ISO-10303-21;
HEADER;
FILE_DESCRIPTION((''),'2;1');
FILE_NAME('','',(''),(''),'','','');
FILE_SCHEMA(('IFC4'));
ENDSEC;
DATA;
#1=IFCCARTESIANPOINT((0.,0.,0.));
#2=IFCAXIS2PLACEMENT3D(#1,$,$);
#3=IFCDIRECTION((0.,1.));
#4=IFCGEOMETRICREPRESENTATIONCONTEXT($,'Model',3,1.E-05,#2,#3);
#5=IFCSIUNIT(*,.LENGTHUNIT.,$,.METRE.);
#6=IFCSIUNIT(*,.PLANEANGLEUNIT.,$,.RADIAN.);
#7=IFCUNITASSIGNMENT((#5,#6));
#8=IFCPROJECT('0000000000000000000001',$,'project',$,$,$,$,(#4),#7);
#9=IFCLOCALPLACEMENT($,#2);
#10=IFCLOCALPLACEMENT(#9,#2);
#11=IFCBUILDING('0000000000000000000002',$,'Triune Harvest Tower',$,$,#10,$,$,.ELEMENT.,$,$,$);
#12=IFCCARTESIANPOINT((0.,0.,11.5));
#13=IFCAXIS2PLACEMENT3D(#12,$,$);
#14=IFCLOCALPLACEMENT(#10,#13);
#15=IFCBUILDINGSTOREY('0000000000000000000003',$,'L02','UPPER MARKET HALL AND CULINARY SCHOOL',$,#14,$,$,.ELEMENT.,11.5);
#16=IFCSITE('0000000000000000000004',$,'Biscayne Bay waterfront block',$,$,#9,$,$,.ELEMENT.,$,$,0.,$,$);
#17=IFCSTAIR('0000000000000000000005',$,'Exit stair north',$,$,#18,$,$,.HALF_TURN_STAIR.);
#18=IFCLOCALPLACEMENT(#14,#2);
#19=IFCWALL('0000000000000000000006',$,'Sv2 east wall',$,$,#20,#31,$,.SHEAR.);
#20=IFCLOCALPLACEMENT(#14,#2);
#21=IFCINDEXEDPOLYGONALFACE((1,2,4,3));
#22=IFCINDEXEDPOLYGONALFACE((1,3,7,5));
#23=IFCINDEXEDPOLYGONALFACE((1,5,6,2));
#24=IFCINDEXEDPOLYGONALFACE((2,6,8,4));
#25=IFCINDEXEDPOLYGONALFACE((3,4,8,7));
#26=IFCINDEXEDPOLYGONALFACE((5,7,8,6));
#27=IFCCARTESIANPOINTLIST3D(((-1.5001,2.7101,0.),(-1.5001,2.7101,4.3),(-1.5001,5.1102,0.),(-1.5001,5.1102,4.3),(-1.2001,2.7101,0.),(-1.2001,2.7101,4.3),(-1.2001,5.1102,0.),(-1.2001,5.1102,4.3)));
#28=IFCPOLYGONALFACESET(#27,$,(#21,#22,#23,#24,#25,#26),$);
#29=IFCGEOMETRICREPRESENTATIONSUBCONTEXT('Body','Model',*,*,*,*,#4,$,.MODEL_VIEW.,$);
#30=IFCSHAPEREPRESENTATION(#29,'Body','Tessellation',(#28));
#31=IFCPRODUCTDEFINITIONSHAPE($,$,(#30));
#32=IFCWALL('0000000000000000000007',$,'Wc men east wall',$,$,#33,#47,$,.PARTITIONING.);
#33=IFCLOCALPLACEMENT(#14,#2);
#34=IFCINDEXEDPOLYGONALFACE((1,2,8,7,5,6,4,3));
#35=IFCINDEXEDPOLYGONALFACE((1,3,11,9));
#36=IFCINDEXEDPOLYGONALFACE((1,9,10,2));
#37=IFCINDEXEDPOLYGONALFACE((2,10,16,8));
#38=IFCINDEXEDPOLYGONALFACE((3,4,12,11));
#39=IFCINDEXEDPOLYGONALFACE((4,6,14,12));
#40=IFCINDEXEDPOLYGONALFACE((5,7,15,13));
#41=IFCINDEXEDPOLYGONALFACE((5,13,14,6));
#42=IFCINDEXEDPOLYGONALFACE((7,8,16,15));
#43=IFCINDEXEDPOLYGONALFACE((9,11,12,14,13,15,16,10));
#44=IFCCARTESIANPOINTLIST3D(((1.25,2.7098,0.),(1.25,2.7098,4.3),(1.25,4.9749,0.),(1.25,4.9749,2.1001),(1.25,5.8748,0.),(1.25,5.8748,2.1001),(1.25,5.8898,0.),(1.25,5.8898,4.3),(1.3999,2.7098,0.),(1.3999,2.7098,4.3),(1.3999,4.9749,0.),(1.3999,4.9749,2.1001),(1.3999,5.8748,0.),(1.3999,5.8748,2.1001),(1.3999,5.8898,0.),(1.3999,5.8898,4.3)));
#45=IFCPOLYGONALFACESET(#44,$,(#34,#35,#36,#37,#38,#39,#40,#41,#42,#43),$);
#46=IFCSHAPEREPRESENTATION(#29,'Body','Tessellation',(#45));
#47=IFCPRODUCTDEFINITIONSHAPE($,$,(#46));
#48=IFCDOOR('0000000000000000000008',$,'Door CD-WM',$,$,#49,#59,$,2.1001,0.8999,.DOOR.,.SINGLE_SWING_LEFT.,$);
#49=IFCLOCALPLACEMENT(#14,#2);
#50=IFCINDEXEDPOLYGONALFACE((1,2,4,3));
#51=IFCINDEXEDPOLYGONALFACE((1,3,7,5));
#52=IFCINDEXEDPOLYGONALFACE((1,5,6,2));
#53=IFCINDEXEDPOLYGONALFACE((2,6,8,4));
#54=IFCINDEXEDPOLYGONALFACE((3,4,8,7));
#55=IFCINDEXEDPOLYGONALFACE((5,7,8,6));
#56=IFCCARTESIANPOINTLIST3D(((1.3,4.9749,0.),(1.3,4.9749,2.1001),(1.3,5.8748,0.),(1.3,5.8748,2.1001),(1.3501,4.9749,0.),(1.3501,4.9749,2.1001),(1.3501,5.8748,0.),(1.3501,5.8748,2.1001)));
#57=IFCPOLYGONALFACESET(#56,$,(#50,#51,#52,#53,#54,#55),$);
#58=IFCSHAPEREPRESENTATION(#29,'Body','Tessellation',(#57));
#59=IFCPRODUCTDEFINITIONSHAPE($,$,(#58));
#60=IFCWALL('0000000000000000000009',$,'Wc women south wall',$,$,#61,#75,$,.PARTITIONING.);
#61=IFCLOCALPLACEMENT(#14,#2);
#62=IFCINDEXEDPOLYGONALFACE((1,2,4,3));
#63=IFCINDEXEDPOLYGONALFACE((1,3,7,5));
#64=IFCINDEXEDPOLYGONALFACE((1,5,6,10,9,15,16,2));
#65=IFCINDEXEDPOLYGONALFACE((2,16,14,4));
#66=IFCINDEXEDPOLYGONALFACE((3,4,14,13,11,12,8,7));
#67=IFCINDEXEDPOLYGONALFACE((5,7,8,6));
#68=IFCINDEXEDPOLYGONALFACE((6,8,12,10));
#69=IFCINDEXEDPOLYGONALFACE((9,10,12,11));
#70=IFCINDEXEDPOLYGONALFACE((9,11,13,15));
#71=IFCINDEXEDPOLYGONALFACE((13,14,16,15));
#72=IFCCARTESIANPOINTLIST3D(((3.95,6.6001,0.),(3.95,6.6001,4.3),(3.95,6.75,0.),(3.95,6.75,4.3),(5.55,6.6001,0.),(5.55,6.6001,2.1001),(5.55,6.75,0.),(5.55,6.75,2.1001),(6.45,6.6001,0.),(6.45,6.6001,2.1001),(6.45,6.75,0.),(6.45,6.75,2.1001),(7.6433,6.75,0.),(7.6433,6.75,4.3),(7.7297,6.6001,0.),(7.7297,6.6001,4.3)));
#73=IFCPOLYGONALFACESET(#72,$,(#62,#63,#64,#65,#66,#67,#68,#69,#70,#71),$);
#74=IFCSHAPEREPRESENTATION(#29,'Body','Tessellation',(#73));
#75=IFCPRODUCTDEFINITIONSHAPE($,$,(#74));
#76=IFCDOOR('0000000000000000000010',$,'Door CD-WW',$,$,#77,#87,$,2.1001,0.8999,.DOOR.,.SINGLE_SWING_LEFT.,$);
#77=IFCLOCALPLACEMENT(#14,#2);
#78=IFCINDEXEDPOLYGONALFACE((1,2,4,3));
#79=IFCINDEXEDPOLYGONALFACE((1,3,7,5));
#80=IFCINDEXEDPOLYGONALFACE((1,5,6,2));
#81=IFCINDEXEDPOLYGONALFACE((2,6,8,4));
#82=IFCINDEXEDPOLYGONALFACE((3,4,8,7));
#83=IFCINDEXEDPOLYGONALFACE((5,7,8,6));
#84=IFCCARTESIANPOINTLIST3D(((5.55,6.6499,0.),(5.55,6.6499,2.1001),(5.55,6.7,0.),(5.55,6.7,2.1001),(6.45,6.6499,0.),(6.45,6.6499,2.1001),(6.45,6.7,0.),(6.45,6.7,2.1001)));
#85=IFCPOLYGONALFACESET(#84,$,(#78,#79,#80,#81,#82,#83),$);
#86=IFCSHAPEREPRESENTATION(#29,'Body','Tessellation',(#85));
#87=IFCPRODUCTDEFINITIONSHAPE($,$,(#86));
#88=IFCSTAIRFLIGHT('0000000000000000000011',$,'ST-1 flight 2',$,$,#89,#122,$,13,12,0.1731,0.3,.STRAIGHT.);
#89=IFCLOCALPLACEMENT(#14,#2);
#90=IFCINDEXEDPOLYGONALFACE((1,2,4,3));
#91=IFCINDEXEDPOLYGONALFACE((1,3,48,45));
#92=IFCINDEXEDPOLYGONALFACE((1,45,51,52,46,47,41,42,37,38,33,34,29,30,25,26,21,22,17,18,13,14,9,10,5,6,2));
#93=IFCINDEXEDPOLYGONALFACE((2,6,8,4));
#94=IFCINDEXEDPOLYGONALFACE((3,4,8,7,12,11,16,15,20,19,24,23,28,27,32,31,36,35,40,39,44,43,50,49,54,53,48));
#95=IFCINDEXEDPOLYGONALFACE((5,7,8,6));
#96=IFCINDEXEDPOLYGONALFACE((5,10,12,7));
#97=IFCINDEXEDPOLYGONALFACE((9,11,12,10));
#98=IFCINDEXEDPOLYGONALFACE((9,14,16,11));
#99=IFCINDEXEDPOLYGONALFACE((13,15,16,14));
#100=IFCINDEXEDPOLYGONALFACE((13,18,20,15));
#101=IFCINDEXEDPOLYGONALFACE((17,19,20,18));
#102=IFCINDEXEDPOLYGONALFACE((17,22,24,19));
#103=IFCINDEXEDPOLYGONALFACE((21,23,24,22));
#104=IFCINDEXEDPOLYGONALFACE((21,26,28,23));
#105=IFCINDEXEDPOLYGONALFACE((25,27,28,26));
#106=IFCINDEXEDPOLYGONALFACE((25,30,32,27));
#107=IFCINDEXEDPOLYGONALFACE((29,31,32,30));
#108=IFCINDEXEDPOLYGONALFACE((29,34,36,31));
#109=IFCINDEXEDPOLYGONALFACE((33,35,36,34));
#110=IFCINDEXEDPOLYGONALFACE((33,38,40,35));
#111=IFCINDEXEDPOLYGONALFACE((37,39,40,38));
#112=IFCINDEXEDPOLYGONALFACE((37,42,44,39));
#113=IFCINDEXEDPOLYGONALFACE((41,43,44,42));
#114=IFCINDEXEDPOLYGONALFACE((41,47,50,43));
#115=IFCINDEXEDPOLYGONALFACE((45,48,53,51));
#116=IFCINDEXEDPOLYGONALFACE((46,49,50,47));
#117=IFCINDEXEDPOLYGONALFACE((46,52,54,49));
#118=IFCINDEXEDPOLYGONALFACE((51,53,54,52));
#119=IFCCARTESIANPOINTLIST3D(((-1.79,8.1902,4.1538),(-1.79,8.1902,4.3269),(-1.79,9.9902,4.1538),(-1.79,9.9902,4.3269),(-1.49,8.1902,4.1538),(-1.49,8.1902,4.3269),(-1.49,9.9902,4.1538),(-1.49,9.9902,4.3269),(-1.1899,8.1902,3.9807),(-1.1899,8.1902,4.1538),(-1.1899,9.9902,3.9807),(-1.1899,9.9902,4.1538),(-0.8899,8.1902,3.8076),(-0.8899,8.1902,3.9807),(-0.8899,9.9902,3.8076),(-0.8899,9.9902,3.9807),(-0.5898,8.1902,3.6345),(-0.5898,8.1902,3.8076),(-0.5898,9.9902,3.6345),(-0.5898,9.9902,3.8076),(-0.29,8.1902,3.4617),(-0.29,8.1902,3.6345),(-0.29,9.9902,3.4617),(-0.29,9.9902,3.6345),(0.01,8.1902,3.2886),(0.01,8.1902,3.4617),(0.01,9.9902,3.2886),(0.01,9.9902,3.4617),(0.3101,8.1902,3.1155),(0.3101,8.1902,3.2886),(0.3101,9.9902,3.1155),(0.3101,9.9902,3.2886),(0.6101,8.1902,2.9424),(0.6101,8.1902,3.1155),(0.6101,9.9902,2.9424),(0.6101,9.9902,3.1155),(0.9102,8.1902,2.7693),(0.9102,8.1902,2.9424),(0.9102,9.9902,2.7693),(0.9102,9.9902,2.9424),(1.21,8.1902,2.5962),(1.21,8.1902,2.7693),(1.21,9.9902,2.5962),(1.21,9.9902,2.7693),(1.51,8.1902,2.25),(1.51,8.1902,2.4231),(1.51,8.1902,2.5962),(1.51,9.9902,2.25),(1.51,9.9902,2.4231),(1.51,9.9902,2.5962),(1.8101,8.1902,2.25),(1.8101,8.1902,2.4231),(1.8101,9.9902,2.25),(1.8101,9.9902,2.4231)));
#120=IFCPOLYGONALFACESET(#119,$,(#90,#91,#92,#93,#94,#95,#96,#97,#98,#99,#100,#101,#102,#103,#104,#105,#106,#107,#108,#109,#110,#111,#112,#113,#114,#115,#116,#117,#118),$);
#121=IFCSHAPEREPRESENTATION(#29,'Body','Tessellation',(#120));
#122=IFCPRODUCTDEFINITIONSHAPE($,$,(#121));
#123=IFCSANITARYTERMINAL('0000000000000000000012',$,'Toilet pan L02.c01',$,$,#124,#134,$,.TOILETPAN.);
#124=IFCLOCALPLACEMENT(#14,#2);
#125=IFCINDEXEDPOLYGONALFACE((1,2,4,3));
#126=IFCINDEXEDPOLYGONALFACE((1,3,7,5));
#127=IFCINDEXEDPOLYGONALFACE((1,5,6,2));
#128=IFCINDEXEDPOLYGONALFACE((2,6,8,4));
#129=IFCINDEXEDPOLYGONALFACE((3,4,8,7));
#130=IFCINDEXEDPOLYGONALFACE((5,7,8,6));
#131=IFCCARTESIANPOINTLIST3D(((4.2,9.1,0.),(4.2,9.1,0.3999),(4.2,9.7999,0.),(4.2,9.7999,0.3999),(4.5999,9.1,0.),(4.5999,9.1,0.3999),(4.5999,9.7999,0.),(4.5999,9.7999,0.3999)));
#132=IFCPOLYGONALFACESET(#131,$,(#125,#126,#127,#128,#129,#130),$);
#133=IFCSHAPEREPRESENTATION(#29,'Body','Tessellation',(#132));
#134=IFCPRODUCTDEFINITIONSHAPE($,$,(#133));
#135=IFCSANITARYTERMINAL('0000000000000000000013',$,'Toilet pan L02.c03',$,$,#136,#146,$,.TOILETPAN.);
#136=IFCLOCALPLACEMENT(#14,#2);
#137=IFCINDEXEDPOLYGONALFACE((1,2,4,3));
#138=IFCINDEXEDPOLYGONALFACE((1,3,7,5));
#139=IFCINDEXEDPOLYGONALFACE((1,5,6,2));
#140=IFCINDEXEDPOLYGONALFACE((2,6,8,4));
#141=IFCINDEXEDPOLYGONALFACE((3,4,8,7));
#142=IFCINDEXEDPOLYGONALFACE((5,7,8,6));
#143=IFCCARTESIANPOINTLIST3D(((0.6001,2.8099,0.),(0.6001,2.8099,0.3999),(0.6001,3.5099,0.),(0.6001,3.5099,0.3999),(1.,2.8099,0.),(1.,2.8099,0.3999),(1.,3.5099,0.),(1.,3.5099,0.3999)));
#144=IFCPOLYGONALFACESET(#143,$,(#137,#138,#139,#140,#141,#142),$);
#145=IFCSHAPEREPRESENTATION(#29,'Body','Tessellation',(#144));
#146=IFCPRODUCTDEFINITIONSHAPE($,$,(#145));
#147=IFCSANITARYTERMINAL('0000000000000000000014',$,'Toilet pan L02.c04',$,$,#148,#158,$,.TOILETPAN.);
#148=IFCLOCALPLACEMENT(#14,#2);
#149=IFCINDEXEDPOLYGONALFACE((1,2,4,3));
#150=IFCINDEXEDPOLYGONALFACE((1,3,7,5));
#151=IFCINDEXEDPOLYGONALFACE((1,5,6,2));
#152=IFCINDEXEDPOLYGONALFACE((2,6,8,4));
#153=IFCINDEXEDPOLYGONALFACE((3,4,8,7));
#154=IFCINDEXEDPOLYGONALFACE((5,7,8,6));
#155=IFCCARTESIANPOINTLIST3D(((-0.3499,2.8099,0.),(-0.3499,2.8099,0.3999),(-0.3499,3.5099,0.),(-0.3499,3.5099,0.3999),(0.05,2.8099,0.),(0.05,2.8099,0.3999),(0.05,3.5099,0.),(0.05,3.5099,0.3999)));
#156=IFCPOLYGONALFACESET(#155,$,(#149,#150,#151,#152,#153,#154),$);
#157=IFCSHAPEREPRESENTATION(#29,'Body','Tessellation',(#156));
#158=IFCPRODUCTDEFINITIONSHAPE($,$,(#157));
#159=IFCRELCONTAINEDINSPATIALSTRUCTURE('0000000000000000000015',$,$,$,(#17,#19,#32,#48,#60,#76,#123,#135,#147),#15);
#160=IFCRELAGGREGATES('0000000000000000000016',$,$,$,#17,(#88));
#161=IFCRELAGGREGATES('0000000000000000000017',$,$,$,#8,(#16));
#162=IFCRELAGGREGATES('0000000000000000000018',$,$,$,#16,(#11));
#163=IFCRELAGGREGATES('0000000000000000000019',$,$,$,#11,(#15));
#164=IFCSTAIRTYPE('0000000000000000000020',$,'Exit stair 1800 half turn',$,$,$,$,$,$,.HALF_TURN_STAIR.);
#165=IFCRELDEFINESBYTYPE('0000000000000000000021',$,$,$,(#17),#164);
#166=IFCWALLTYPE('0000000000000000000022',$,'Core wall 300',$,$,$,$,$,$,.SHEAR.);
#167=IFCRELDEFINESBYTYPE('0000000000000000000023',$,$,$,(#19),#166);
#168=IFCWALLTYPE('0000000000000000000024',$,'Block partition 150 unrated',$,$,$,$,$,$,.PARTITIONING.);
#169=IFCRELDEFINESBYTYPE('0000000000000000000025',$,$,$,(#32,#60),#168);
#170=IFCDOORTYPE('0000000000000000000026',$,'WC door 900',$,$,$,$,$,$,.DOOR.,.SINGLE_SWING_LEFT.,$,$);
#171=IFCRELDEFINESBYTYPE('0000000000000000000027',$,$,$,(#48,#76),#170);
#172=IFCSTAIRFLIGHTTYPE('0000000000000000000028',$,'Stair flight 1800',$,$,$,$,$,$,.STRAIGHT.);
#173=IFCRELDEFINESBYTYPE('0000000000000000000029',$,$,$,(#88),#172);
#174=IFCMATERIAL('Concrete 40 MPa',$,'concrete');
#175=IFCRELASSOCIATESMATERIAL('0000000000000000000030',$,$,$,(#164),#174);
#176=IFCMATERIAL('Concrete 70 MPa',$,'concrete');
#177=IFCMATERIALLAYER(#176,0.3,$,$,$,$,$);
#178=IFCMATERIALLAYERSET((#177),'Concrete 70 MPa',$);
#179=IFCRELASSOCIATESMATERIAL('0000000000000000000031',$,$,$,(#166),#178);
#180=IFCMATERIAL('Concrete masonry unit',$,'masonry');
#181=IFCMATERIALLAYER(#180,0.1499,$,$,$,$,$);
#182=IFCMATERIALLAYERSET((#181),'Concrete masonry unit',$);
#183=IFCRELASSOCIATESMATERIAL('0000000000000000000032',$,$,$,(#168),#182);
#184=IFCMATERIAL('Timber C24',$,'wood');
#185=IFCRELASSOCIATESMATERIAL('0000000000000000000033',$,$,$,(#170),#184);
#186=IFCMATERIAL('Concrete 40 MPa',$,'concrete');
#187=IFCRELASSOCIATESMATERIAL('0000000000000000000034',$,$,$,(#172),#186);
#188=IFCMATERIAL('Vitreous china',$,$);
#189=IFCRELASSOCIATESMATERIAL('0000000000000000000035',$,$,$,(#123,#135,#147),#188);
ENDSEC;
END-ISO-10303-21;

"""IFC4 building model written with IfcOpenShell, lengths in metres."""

from ifc_helpers import new_model, si_unit, direction, frame, frame_2d, origin, origin_2d, place, context, subcontext, project, spatial, polyline, rectangle, outline, extrude, source, transform, mapped, material, layer, layer_set, type_object, element, fill, aggregate, save


model = new_model("IFC4")

# Units and contexts
model_context = context("Model", 3, precision=1e-05, world=origin(), true_north=direction((0.0, 1.0)))
body_context = subcontext(model_context, "Body", "Model", "MODEL_VIEW")
ifc_project = project(units=[si_unit("LENGTHUNIT", "METRE"), si_unit("PLANEANGLEUNIT", "RADIAN")], contexts=[model_context])

# Site, building, storey
site_placement = place(None, origin())
site = spatial("IfcSite", under=ifc_project, at=site_placement, Name="Biscayne Bay waterfront block", CompositionType="ELEMENT", RefElevation=0.0)
building_placement = place(site_placement, origin())
building = spatial("IfcBuilding", under=site, at=building_placement, Name="Triune Harvest Tower", CompositionType="ELEMENT")
storey_placement = place(building_placement, frame((0.0, 0.0, 11.5)))
storey = spatial("IfcBuildingStorey", under=building, at=storey_placement, Name="L02", Description="UPPER MARKET HALL AND CULINARY SCHOOL", CompositionType="ELEMENT", Elevation=11.5)

# Stair
ifc_material_1 = material(Name="Concrete 40 MPa", Category="concrete")
stair_type = type_object("IfcStairType", Name="Exit stair 1800 half turn", PredefinedType="HALF_TURN_STAIR", material=ifc_material_1)
stair_1_placement = place(storey_placement, origin())
stair_1 = element("IfcStair", 1, at=stair_1_placement, inside=storey, type_object=stair_type, Name="Exit stair north", PredefinedType="HALF_TURN_STAIR")

# Shared definitions
ifc_material_2 = material(Name="Concrete 70 MPa", Category="concrete")
ifc_layer_1 = layer(ifc_material_2, 0.3)
ifc_layer_set_1 = layer_set([ifc_layer_1], Name="Concrete 70 MPa")
wall_type_1 = type_object("IfcWallType", Name="Core wall 300", PredefinedType="SHEAR", material=ifc_layer_set_1)

# Wall
shared_shape_1 = source(origin(), body_context, "Body", "SweptSolid", [
    extrude(rectangle(XDim=2.4001, YDim=0.3, at=frame_2d((1.2002, 0.0))), origin(), (0.0, 0.0, 1.0), 4.3),
])
wall_1_placement = place(storey_placement, frame((-1.3501, 2.71, 0.0), z_axis=(0.0, 0.0, 1.0), x_axis=(0.0, 1.0, 0.0)))
element("IfcWall", 2, at=wall_1_placement, inside=storey, type_object=wall_type_1, Name="Sv2 east wall", PredefinedType="SHEAR", context=body_context, shape_type="MappedRepresentation", body=[
    mapped(shared_shape_1, transform((0.0, 0.0, 0.0), scale=1.0)),
])

# Walls, openings, doors
ifc_material_3 = material(Name="Concrete masonry unit", Category="masonry")
ifc_layer_2 = layer(ifc_material_3, 0.1499)
ifc_layer_set_2 = layer_set([ifc_layer_2], Name="Concrete masonry unit")
wall_type_2 = type_object("IfcWallType", Name="Block partition 150 unrated", PredefinedType="PARTITIONING", material=ifc_layer_set_2)
shared_shape_2 = source(origin(), body_context, "Body", "SweptSolid", [
    extrude(rectangle(XDim=3.1799, YDim=0.1499, at=frame_2d((1.5898, 0.0))), origin(), (0.0, 0.0, 1.0), 4.3),
])
wall_2_placement = place(storey_placement, frame((1.325, 2.71, 0.0), z_axis=(0.0, 0.0, 1.0), x_axis=(0.0, 1.0, 0.0)))
wall_2 = element("IfcWall", 3, at=wall_2_placement, inside=storey, type_object=wall_type_2, Name="Wc men east wall", PredefinedType="PARTITIONING", context=body_context, shape_type="MappedRepresentation", body=[
    mapped(shared_shape_2, transform((0.0, 0.0, 0.0), scale=1.0)),
])
opening_1_placement = place(wall_2_placement, frame((2.2649, 0.0, 0.0)))
opening_1 = element("IfcOpeningElement", 4, at=opening_1_placement, cuts=wall_2, PredefinedType="OPENING", context=body_context, shape_type="SweptSolid", body=[
    extrude(rectangle(XDim=0.8999, YDim=2.1001, at=frame_2d((0.45, 1.05))), frame((0.0, 0.085, 0.0), z_axis=(0.0, -1.0, 0.0), x_axis=(1.0, 0.0, 0.0)), (0.0, 0.0, 1.0), 0.1699),
])
ifc_material_4 = material(Name="Timber C24", Category="wood")
door_type_1 = type_object("IfcDoorType", Name="WC door 900", OperationType="SINGLE_SWING_LEFT", PredefinedType="DOOR", material=ifc_material_4)
door_1_placement = place(opening_1_placement, origin())
door_1 = element("IfcDoor", 5, at=door_1_placement, inside=storey, type_object=door_type_1, Name="Door CD-WM", OperationType="SINGLE_SWING_LEFT", OverallHeight=2.1001, OverallWidth=0.8999, PredefinedType="DOOR", context=body_context, shape_type="SweptSolid", body=[
    extrude(rectangle(XDim=0.8999, YDim=2.1001, at=frame_2d((0.45, 1.05))), frame((0.0, 0.0249, 0.0), z_axis=(0.0, -1.0, 0.0), x_axis=(1.0, 0.0, 0.0)), (0.0, 0.0, 1.0), 0.05),
])
fill(opening_1, door_1)
shared_shape_3 = source(origin(), body_context, "Body", "SweptSolid", [
    extrude(outline(polyline([(0.0, -0.075), (0.0, 0.075), (3.6934, 0.075), (3.7798, -0.075), (0.0, -0.075)])), origin(), (0.0, 0.0, 1.0), 4.3),
])
wall_3_placement = place(storey_placement, frame((3.95, 6.675, 0.0), z_axis=(0.0, 0.0, 1.0), x_axis=(1.0, 0.0, 0.0)))
wall_3 = element("IfcWall", 6, at=wall_3_placement, inside=storey, type_object=wall_type_2, Name="Wc women south wall", PredefinedType="PARTITIONING", context=body_context, shape_type="MappedRepresentation", body=[
    mapped(shared_shape_3, transform((0.0, 0.0, 0.0), scale=1.0)),
])
opening_2_placement = place(wall_3_placement, frame((1.6001, 0.0, 0.0)))
opening_2 = element("IfcOpeningElement", 7, at=opening_2_placement, cuts=wall_3, PredefinedType="OPENING", context=body_context, shape_type="SweptSolid", body=[
    extrude(rectangle(XDim=0.8999, YDim=2.1001, at=frame_2d((0.45, 1.05))), frame((0.0, 0.085, 0.0), z_axis=(0.0, -1.0, 0.0), x_axis=(1.0, 0.0, 0.0)), (0.0, 0.0, 1.0), 0.1699),
])
door_2_placement = place(opening_2_placement, origin())
door_2 = element("IfcDoor", 8, at=door_2_placement, inside=storey, type_object=door_type_1, Name="Door CD-WW", OperationType="SINGLE_SWING_LEFT", OverallHeight=2.1001, OverallWidth=0.8999, PredefinedType="DOOR", context=body_context, shape_type="SweptSolid", body=[
    extrude(rectangle(XDim=0.8999, YDim=2.1001, at=frame_2d((0.45, 1.05))), frame((0.0, 0.0249, 0.0), z_axis=(0.0, -1.0, 0.0), x_axis=(1.0, 0.0, 0.0)), (0.0, 0.0, 1.0), 0.05),
])
fill(opening_2, door_2)

# Stair flight
ifc_material_5 = material(Name="Concrete 40 MPa", Category="concrete")
stair_flight_type = type_object("IfcStairFlightType", Name="Stair flight 1800", PredefinedType="STRAIGHT", material=ifc_material_5)
shared_shape_4 = source(origin(), body_context, "Body", "SweptSolid", [
    extrude(outline(polyline([(0.0, 0.0), (0.0, 0.1731), (0.3, 0.1731), (0.3, 0.3462), (0.6001, 0.3462), (0.6001, 0.5193), (0.8999, 0.5193), (0.8999, 0.6924), (1.2, 0.6924), (1.2, 0.8655), (1.5, 0.8655), (1.5, 1.0386), (1.8, 1.0386), (1.8, 1.2117), (2.1001, 1.2117), (2.1001, 1.3845), (2.3999, 1.3845), (2.3999, 1.5576), (2.7, 1.5576), (2.7, 1.7307), (3.0, 1.7307), (3.0, 1.9038), (3.3, 1.9038), (3.3, 2.0769), (3.6001, 2.0769), (3.6001, 2.25), (3.6001, 1.9038), (0.3, 0.0), (0.0, 0.0)])), frame((0.0, 0.8999, 0.0), z_axis=(0.0, -1.0, 0.0), x_axis=(1.0, 0.0, 0.0)), (0.0, 0.0, 1.0), 1.8),
])
stair_flight_placement = place(storey_placement, frame((1.8101, 9.0901, 2.25), z_axis=(0.0, 0.0, 1.0), x_axis=(-1.0, 0.0, 0.0)))
stair_flight = element("IfcStairFlight", 9, at=stair_flight_placement, type_object=stair_flight_type, Name="ST-1 flight 2", NumberOfRisers=13, NumberOfTreads=12, PredefinedType="STRAIGHT", RiserHeight=0.1731, TreadLength=0.3, context=body_context, shape_type="MappedRepresentation", body=[
    mapped(shared_shape_4, transform((0.0, 0.0, 0.0), scale=1.0)),
])
aggregate(stair_1, [stair_flight])

# Sanitary terminals
ifc_material_6 = material(Name="Vitreous china")
shared_shape_5 = source(origin(), body_context, "Body", "SweptSolid", [
    extrude(rectangle(XDim=0.3999, YDim=0.7, at=origin_2d()), origin(), (0.0, 0.0, 1.0), 0.3999),
])
for number, where, z_axis, x_axis, name in (
    (10, (4.3999, 9.45, 0.0), (0.0, 0.0, 1.0), (1.0, 0.0, 0.0), "Toilet pan L02.c01"),
    (11, (0.8, 3.1599, 0.0), (0.0, 0.0, 1.0), (-1.0, 0.0, 0.0), "Toilet pan L02.c03"),
    (12, (-0.1499, 3.1599, 0.0), (0.0, 0.0, 1.0), (-1.0, 0.0, 0.0), "Toilet pan L02.c04"),
):
    element("IfcSanitaryTerminal", number, at=place(storey_placement, frame(where, z_axis=z_axis, x_axis=x_axis)), inside=storey, material=ifc_material_6, Name=name, PredefinedType="TOILETPAN", context=body_context, shape_type="MappedRepresentation", body=[
        mapped(shared_shape_5, transform((0.0, 0.0, 0.0), scale=1.0)),
    ])

save(model, "model.ifc")
